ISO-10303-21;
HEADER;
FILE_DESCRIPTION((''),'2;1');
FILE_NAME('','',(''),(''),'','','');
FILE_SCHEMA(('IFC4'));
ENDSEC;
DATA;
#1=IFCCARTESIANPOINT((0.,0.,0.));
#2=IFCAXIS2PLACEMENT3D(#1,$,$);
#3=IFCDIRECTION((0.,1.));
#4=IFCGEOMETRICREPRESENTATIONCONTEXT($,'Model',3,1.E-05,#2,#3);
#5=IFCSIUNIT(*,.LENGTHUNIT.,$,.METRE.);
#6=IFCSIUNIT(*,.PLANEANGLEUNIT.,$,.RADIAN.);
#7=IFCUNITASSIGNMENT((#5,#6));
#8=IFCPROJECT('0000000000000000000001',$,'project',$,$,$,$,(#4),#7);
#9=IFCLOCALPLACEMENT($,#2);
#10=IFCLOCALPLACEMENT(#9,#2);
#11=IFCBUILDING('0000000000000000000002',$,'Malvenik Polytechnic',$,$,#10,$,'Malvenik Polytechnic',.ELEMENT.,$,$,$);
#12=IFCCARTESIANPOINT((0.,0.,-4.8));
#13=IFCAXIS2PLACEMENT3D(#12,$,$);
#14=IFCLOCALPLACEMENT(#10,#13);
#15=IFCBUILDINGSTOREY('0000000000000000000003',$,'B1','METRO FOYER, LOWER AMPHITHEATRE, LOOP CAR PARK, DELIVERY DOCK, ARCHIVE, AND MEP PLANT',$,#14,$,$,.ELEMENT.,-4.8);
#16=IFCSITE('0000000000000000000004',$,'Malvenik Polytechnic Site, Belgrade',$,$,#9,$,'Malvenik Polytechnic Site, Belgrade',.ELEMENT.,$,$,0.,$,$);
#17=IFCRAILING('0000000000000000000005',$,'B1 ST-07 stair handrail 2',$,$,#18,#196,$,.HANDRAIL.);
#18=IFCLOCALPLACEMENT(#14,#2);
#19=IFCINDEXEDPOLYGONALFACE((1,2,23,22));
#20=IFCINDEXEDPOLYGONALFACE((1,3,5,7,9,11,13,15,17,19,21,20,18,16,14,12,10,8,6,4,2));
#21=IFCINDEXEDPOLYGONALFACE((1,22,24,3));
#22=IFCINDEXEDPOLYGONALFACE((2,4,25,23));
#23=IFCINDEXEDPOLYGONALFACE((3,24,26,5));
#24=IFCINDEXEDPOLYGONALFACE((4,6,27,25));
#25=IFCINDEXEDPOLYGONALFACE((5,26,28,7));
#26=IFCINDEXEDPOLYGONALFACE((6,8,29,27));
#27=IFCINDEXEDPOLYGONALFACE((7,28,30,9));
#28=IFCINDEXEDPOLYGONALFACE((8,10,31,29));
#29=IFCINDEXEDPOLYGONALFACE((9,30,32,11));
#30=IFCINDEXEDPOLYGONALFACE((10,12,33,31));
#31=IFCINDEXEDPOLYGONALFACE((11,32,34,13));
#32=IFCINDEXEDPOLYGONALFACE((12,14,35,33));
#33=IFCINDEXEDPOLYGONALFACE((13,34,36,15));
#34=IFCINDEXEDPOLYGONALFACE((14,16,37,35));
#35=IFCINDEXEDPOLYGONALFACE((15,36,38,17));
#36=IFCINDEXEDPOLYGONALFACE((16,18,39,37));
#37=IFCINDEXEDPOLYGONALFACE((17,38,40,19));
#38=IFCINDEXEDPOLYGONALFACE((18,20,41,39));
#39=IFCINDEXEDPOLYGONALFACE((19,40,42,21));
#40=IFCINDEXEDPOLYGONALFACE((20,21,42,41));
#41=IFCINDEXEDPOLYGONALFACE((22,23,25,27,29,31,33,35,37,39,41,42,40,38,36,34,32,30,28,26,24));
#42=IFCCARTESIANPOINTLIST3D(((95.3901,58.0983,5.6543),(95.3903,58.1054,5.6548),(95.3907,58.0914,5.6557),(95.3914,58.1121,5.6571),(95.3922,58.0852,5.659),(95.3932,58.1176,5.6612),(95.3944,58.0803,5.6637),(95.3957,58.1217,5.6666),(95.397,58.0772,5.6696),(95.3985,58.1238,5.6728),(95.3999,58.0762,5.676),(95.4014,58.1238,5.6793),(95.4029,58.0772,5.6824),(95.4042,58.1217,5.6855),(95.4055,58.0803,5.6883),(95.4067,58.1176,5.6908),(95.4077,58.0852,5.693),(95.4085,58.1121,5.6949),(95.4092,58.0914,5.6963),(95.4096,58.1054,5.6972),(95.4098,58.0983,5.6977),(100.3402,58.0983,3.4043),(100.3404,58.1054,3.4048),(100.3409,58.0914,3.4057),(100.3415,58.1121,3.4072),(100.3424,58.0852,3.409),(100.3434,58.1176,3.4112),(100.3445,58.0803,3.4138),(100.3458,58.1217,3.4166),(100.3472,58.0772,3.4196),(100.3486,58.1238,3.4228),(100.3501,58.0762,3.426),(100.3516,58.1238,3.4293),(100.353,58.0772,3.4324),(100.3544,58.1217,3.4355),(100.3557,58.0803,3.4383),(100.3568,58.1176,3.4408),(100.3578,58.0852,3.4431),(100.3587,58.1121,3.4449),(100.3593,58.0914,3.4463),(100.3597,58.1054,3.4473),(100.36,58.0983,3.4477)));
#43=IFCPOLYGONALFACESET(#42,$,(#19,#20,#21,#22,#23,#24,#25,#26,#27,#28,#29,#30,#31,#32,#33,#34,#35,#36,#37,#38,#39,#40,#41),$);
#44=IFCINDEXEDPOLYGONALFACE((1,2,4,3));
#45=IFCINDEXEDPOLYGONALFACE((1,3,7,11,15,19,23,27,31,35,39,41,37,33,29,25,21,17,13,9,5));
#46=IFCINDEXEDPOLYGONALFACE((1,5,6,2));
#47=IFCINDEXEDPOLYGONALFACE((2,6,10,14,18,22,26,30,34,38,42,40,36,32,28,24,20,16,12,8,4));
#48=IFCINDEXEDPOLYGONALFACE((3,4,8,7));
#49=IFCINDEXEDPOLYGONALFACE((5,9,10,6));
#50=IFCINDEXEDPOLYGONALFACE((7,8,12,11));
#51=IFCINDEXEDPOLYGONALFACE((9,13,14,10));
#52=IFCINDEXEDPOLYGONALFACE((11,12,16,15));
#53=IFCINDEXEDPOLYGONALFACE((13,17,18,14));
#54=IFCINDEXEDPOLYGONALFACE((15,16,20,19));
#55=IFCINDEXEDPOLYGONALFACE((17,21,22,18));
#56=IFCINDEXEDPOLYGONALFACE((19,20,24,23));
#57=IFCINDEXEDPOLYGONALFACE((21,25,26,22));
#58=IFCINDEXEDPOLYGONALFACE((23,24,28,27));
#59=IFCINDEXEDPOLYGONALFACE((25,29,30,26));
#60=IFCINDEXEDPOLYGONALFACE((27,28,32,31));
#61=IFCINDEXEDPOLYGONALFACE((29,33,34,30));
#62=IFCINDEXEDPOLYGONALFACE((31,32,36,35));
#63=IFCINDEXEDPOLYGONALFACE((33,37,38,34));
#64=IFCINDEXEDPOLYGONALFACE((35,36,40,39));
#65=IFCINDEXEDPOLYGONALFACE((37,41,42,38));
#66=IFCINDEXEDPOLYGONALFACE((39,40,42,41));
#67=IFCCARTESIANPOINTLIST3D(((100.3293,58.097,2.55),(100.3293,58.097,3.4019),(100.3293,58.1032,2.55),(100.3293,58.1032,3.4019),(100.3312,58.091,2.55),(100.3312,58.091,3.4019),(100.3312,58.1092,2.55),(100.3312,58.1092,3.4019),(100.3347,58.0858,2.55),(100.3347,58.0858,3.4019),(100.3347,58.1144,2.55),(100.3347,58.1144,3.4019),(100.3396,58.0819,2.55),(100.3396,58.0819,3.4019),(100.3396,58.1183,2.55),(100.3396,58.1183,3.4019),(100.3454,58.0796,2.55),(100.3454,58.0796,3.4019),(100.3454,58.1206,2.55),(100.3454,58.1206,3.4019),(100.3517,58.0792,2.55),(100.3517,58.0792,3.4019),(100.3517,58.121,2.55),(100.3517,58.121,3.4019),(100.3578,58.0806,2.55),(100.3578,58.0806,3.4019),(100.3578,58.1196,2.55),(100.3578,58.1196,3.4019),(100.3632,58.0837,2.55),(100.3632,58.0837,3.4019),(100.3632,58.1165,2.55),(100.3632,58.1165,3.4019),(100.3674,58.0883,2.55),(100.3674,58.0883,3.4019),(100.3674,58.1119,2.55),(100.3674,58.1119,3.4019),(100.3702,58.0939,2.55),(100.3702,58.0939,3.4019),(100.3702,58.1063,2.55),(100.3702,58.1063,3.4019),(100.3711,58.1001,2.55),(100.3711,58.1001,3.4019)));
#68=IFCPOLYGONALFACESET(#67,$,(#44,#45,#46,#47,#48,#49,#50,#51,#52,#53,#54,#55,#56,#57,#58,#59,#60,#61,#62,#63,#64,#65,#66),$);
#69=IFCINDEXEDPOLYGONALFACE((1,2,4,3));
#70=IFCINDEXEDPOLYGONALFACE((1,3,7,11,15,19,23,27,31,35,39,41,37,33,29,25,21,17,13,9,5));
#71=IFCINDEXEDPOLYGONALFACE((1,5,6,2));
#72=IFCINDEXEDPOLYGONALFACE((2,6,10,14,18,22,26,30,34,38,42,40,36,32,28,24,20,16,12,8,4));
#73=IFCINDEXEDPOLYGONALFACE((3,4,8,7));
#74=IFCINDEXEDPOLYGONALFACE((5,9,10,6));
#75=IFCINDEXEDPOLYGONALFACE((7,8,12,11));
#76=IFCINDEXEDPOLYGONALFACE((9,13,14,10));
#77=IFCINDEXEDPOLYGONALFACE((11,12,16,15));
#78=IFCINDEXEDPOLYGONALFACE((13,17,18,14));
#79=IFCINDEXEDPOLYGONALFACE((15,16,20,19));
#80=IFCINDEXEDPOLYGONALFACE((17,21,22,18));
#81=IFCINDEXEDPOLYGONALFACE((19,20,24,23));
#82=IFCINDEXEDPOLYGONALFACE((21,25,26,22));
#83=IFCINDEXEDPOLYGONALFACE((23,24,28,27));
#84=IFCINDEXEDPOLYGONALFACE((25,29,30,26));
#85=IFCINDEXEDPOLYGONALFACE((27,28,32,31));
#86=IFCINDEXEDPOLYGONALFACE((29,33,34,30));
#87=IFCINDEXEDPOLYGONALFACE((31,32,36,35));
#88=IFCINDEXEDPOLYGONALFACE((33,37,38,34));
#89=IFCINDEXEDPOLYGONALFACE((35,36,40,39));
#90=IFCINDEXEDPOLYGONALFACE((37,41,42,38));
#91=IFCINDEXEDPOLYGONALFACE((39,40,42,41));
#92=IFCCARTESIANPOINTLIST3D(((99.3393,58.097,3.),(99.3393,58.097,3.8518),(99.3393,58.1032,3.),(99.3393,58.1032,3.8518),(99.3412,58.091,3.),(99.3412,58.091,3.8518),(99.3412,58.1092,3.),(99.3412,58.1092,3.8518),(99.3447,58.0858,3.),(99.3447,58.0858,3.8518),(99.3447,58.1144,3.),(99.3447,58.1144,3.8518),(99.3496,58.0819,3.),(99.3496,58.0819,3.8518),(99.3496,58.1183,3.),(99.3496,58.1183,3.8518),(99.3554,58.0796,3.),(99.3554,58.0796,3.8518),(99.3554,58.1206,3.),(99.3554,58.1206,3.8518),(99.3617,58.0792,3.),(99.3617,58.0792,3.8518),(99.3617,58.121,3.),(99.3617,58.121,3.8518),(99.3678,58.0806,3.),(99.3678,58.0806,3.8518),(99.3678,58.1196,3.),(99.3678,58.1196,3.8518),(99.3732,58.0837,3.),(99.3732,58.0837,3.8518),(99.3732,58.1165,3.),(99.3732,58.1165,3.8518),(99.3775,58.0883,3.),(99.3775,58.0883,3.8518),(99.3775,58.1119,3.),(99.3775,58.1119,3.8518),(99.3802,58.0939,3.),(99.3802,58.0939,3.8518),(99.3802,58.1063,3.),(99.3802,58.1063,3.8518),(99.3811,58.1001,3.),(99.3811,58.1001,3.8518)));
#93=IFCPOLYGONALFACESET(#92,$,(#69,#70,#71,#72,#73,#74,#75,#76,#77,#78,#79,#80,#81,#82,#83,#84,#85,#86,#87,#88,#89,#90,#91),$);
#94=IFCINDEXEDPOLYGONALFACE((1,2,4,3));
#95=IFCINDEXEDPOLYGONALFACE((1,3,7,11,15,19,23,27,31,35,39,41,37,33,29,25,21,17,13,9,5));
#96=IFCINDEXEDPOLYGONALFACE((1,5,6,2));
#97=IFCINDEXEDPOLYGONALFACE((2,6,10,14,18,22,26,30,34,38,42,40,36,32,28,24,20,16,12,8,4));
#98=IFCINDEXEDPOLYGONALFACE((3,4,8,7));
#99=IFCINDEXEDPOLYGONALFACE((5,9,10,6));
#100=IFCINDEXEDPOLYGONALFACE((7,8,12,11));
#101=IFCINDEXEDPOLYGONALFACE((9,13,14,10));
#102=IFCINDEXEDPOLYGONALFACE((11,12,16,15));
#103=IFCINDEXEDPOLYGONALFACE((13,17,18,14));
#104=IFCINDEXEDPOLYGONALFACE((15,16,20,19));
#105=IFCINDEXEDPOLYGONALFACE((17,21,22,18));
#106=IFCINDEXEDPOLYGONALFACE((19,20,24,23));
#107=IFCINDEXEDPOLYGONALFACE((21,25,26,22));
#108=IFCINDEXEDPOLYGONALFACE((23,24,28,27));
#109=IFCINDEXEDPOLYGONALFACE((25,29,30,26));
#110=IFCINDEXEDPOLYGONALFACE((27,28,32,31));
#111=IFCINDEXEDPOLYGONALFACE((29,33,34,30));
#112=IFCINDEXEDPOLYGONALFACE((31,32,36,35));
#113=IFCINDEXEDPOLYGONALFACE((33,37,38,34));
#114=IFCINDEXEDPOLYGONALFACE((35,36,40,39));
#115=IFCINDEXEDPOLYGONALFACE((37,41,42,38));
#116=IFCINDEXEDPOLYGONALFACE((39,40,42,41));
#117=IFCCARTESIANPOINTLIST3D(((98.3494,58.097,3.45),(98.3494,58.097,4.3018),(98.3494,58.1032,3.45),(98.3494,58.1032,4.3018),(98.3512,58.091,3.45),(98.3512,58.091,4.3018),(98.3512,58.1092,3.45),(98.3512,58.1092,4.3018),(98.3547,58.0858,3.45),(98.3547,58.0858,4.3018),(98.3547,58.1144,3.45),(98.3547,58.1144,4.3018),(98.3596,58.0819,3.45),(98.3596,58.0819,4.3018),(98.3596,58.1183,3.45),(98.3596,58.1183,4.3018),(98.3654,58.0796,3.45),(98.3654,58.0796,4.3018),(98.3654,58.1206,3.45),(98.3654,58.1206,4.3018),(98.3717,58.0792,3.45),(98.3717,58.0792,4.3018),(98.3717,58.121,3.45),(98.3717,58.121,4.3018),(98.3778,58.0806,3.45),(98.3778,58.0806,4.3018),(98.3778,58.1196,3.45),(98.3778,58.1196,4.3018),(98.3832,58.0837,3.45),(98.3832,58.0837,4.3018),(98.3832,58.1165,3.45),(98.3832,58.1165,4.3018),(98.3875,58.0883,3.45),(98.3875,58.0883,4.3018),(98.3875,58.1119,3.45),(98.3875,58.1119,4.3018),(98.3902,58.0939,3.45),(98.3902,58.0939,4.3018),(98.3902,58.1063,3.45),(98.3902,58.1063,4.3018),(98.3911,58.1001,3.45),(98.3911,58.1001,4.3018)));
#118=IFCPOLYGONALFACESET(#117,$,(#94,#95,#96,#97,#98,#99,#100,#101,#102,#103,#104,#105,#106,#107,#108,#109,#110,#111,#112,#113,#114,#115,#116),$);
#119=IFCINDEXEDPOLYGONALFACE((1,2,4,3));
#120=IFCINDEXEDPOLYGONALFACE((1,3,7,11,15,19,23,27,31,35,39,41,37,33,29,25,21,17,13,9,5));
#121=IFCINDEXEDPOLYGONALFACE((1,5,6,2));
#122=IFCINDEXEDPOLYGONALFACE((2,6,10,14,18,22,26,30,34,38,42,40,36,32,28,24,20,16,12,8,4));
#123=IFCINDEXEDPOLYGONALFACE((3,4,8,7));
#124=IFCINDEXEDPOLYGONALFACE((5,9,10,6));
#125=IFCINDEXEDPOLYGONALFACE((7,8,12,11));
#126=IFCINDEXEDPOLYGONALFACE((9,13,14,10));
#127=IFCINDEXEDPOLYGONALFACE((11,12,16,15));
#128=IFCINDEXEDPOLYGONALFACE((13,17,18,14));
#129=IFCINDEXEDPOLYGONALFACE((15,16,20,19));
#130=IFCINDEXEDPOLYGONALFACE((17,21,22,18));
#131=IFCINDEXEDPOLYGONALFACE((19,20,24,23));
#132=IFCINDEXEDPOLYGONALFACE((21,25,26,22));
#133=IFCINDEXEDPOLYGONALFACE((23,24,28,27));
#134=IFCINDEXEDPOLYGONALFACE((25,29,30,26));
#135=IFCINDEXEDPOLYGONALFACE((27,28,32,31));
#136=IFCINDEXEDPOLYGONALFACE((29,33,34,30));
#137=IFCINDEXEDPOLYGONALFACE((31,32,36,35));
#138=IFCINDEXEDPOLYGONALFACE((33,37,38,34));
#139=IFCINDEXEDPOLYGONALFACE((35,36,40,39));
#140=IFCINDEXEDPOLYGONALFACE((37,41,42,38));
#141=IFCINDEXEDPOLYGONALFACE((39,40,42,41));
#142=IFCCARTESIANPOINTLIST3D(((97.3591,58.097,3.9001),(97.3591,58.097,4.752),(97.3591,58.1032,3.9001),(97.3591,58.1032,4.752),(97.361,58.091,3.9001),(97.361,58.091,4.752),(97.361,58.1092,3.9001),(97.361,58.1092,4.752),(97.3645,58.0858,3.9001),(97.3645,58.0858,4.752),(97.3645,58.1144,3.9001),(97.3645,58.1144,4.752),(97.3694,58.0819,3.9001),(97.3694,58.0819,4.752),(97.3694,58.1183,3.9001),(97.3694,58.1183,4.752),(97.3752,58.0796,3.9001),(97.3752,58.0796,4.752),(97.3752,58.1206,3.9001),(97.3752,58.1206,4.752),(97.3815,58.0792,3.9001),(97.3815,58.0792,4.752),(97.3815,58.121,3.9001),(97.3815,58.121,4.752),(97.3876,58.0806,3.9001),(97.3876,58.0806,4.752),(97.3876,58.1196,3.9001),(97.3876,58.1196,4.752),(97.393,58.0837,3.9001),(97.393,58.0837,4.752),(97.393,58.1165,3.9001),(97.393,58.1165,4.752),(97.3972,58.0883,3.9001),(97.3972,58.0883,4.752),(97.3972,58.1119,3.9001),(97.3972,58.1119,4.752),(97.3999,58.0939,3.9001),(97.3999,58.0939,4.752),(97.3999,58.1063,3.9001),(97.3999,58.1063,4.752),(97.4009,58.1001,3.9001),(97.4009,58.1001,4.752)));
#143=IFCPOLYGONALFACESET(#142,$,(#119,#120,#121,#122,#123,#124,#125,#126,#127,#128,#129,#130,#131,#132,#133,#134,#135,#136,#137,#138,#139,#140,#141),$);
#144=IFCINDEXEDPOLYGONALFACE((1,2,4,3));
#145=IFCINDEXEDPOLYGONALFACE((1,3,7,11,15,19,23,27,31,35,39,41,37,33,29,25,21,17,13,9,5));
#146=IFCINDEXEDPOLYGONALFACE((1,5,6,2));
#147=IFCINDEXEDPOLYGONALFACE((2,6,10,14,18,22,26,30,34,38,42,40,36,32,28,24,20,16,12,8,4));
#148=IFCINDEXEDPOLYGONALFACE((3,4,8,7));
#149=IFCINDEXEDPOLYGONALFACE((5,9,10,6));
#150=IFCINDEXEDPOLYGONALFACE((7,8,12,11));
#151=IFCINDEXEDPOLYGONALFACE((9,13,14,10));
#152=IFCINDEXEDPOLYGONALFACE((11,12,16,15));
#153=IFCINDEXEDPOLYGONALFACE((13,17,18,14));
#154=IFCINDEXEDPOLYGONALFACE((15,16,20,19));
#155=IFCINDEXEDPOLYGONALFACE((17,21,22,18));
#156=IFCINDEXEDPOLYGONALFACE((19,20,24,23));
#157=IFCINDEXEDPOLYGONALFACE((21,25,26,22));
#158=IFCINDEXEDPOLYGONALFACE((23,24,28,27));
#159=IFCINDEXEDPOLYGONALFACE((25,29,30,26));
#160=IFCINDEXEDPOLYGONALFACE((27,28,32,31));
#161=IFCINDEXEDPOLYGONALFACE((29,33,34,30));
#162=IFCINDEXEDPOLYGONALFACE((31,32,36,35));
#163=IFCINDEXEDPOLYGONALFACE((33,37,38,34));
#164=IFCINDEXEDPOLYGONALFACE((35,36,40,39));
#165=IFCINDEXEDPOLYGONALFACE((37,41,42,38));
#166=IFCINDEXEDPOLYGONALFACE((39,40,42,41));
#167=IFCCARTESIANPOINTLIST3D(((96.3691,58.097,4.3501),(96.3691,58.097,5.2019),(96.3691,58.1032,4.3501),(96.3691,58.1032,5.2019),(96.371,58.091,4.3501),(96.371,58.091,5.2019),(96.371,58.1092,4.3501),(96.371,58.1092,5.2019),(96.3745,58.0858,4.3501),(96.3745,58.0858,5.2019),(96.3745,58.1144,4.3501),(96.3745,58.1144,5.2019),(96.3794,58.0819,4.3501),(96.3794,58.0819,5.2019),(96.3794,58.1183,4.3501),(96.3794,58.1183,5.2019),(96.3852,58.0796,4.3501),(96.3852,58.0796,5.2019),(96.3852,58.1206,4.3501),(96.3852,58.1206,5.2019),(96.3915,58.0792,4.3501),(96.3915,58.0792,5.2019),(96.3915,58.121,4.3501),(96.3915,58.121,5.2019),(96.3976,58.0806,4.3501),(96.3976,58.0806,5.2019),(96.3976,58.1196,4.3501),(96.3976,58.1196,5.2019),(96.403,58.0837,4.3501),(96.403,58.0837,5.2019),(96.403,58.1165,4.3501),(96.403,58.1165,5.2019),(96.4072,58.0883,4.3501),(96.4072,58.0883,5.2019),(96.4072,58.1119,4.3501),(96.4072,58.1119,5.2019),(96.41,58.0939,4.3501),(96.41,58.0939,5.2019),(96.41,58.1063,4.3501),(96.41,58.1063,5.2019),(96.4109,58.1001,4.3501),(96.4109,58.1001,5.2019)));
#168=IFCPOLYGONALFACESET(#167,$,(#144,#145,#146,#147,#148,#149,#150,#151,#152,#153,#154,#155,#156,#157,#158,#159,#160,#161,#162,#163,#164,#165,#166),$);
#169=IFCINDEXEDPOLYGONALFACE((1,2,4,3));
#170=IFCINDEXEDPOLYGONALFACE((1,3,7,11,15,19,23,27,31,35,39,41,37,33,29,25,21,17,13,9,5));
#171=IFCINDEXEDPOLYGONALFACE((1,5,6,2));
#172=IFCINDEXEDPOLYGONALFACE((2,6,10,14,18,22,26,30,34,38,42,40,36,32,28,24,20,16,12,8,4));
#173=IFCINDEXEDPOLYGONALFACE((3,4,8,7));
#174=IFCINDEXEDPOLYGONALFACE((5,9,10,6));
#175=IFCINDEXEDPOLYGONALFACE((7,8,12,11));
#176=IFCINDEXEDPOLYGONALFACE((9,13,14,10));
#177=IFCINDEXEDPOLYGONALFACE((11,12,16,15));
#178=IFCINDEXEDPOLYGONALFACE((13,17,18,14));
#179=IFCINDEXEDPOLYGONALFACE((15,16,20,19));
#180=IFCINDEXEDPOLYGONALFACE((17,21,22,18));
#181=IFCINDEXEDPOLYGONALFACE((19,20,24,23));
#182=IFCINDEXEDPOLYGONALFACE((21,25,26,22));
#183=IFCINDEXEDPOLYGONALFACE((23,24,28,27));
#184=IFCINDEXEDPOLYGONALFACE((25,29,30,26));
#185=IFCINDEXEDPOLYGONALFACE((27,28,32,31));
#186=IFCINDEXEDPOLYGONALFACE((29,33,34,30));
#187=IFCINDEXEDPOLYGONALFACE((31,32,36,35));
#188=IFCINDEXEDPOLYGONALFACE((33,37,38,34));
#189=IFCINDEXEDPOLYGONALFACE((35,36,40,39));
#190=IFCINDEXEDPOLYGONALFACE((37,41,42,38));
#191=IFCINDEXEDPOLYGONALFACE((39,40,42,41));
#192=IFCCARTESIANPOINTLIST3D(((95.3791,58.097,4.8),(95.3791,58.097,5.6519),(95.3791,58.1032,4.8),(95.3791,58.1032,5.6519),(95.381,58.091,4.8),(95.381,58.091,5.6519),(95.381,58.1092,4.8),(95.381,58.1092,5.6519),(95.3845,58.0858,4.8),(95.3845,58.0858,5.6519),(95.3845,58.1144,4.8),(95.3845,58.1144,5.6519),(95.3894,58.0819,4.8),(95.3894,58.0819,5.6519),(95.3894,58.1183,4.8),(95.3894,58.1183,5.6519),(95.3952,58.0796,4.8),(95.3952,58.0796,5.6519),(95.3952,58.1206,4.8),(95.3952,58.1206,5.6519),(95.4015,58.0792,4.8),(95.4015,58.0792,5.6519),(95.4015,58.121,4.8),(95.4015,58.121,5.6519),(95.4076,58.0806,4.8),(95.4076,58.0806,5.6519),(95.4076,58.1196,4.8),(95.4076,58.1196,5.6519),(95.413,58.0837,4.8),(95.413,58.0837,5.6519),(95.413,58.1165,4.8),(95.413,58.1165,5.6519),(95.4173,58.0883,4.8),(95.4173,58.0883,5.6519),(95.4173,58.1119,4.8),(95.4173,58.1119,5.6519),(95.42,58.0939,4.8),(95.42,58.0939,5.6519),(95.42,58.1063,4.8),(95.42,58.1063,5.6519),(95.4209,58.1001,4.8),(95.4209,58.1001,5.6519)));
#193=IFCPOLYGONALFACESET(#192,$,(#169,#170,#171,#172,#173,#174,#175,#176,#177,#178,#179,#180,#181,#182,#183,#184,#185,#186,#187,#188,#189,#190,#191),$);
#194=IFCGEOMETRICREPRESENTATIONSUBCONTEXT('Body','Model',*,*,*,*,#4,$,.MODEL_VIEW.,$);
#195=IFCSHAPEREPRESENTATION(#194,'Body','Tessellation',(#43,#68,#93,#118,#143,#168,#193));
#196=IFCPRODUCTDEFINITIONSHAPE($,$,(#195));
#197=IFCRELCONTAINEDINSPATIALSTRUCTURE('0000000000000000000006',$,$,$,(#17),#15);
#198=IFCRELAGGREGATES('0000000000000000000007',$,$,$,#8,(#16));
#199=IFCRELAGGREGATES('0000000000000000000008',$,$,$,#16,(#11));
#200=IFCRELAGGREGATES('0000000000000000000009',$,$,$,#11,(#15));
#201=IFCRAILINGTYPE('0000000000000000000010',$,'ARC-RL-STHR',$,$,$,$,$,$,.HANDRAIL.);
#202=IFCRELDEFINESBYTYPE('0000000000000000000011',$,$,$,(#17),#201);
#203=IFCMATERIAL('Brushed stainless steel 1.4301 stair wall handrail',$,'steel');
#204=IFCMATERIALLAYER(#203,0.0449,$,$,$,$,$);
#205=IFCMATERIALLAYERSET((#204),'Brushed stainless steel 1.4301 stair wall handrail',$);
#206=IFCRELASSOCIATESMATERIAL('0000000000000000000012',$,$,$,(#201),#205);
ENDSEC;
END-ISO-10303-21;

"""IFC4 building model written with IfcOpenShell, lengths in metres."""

from ifc_helpers import new_model, si_unit, direction, frame, origin, origin_2d, place, context, subcontext, project, spatial, circle, extrude, material, layer, layer_set, type_object, element, save


model = new_model("IFC4")

# Units and contexts
model_context = context("Model", 3, precision=1e-05, world=origin(), true_north=direction((0.0, 1.0)))
body_context = subcontext(model_context, "Body", "Model", "MODEL_VIEW")
ifc_project = project(units=[si_unit("LENGTHUNIT", "METRE"), si_unit("PLANEANGLEUNIT", "RADIAN")], contexts=[model_context])

# Site, building, storey
site_placement = place(None, origin())
site = spatial("IfcSite", under=ifc_project, at=site_placement, Name="Malvenik Polytechnic Site, Belgrade", LongName="Malvenik Polytechnic Site, Belgrade", CompositionType="ELEMENT", RefElevation=0.0)
building_placement = place(site_placement, origin())
building = spatial("IfcBuilding", under=site, at=building_placement, Name="Malvenik Polytechnic", LongName="Malvenik Polytechnic", CompositionType="ELEMENT")
storey_placement = place(building_placement, frame((0.0, 0.0, -4.8)))
storey = spatial("IfcBuildingStorey", under=building, at=storey_placement, Name="B1", Description="METRO FOYER, LOWER AMPHITHEATRE, LOOP CAR PARK, DELIVERY DOCK, ARCHIVE, AND MEP PLANT", CompositionType="ELEMENT", Elevation=-4.8)

# Railing
ifc_material_1 = material(Name="Brushed stainless steel 1.4301 stair wall handrail", Category="steel")
ifc_layer_1 = layer(ifc_material_1, 0.0449)
ifc_layer_set_1 = layer_set([ifc_layer_1], Name="Brushed stainless steel 1.4301 stair wall handrail")
railing_type_1 = type_object("IfcRailingType", Name="ARC-RL-STHR", PredefinedType="HANDRAIL", material=ifc_layer_set_1)
railing_1_placement = place(storey_placement, frame((100.3501, 58.1001, 2.55)))
element("IfcRailing", 1, at=railing_1_placement, inside=storey, type_object=railing_type_1, Name="B1 ST-07 stair handrail 2", PredefinedType="HANDRAIL", context=body_context, shape_type="SweptSolid", body=[
    extrude(circle(Radius=0.0239, at=origin_2d()), frame((0.0, 0.0, 0.876), z_axis=(-0.910373, 0.0, 0.413789), x_axis=(0.0, -1.0, 0.0)), (0.0, 0.0, 1.0), 5.4375),
    extrude(circle(Radius=0.021, at=origin_2d()), origin(), (0.0, 0.0, 1.0), 0.8518),
    extrude(circle(Radius=0.021, at=origin_2d()), frame((-0.99, 0.0, 0.45)), (0.0, 0.0, 1.0), 0.8518),
    extrude(circle(Radius=0.021, at=origin_2d()), frame((-1.98, 0.0, 0.8999)), (0.0, 0.0, 1.0), 0.8518),
    extrude(circle(Radius=0.021, at=origin_2d()), frame((-2.9702, 0.0, 1.3501)), (0.0, 0.0, 1.0), 0.8518),
    extrude(circle(Radius=0.021, at=origin_2d()), frame((-3.9602, 0.0, 1.8)), (0.0, 0.0, 1.0), 0.8518),
    extrude(circle(Radius=0.021, at=origin_2d()), frame((-4.9502, 0.0, 2.25)), (0.0, 0.0, 1.0), 0.8518),
])

save(model, "model.ifc")
